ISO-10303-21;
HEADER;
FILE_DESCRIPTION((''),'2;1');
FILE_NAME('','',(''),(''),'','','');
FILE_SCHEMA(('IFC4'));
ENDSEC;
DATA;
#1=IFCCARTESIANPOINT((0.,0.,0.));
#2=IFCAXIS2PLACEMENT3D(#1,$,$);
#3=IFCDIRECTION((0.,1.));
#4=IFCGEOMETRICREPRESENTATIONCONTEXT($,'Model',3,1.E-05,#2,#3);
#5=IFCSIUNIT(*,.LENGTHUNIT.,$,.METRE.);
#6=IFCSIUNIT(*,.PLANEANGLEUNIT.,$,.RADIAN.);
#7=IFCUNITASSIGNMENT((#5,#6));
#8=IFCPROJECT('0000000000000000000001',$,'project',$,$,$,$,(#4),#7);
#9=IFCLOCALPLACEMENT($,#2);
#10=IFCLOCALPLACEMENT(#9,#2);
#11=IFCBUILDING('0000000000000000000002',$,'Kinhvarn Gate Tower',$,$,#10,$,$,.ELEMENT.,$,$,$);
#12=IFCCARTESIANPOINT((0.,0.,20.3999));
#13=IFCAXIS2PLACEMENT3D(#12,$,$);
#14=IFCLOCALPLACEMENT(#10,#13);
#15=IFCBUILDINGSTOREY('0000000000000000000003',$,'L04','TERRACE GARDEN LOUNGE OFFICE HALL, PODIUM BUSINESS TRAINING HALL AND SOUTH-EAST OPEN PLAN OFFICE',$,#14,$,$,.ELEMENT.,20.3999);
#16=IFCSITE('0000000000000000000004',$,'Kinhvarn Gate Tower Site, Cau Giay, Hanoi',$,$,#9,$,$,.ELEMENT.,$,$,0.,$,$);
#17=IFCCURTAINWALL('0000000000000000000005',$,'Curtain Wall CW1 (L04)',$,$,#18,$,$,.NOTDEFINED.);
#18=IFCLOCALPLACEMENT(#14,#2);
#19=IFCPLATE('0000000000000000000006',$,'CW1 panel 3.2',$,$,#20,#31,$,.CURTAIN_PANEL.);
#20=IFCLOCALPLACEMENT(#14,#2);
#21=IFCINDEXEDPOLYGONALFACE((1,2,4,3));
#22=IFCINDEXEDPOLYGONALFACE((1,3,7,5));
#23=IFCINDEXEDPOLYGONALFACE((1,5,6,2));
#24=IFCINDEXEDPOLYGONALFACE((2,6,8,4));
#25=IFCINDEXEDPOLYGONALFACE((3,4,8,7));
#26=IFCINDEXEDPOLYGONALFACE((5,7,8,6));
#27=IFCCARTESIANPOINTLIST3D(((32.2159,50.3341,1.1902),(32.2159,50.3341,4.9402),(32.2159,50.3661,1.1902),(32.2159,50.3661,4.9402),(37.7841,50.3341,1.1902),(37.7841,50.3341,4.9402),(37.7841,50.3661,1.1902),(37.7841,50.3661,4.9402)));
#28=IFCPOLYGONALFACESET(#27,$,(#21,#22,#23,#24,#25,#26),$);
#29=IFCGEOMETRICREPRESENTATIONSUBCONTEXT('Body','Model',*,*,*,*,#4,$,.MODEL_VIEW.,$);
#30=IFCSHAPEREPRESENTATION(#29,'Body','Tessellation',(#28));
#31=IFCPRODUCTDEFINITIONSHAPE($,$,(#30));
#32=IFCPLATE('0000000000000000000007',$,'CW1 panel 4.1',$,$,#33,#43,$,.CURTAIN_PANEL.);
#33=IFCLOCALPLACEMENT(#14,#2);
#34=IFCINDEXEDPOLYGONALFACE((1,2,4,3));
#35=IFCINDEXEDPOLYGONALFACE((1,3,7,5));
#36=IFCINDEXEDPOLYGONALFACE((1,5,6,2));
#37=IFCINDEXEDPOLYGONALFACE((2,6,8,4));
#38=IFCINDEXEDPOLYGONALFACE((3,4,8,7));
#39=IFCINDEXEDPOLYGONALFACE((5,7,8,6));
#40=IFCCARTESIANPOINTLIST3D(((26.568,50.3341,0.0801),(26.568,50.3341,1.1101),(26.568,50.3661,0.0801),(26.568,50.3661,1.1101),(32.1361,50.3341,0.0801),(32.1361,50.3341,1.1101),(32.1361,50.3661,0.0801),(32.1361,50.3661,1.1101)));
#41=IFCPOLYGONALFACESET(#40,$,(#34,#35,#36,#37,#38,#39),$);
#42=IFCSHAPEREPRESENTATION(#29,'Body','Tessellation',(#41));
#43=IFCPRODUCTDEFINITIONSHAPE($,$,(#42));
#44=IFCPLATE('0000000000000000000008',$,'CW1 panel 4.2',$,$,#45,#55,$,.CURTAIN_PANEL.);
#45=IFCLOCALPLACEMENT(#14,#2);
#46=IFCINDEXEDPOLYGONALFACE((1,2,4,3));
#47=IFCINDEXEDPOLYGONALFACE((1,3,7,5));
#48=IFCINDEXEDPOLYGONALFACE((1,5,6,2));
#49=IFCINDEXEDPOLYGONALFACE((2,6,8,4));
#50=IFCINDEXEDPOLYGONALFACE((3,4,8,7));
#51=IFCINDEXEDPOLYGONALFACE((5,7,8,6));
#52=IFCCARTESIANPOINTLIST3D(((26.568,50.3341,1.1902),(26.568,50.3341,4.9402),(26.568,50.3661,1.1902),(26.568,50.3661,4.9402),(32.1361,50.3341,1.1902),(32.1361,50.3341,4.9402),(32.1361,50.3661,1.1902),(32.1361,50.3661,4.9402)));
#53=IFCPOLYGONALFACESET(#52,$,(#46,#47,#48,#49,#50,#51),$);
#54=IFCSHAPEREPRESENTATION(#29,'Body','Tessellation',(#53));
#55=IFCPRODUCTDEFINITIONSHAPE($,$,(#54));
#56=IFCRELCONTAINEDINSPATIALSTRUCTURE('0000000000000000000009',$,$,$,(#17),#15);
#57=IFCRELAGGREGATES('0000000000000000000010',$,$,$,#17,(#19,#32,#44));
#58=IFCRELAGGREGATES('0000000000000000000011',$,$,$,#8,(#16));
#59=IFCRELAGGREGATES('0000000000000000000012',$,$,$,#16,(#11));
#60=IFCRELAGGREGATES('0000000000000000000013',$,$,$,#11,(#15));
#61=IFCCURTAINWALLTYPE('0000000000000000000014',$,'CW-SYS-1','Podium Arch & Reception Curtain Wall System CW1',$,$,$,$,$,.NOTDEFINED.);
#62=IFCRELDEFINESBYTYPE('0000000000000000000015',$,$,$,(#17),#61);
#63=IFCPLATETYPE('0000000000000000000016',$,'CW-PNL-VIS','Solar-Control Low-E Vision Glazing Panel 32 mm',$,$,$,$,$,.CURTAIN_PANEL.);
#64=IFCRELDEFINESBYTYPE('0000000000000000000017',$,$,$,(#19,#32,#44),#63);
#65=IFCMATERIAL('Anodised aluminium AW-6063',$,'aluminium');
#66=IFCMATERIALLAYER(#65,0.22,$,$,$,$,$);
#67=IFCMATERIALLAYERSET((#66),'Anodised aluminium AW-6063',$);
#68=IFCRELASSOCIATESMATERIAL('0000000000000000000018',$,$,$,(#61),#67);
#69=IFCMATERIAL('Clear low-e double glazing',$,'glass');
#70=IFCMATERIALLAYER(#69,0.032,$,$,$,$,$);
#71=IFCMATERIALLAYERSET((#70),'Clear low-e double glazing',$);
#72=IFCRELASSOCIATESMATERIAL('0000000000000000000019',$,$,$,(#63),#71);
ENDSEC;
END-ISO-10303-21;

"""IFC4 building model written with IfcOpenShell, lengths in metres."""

from ifc_helpers import new_model, si_unit, direction, frame, origin, origin_2d, place, context, subcontext, project, spatial, rectangle, extrude, material, layer, layer_set, type_object, element, aggregate, save


model = new_model("IFC4")

# Units and contexts
model_context = context("Model", 3, precision=1e-05, world=origin(), true_north=direction((0.0, 1.0)))
body_context = subcontext(model_context, "Body", "Model", "MODEL_VIEW")
ifc_project = project(units=[si_unit("LENGTHUNIT", "METRE"), si_unit("PLANEANGLEUNIT", "RADIAN")], contexts=[model_context])

# Site, building, storey
site_placement = place(None, origin())
site = spatial("IfcSite", under=ifc_project, at=site_placement, Name="Kinhvarn Gate Tower Site, Cau Giay, Hanoi", CompositionType="ELEMENT", RefElevation=0.0)
building_placement = place(site_placement, origin())
building = spatial("IfcBuilding", under=site, at=building_placement, Name="Kinhvarn Gate Tower", CompositionType="ELEMENT")
storey_placement = place(building_placement, frame((0.0, 0.0, 20.3999)))
storey = spatial("IfcBuildingStorey", under=building, at=storey_placement, Name="L04", Description="TERRACE GARDEN LOUNGE OFFICE HALL, PODIUM BUSINESS TRAINING HALL AND SOUTH-EAST OPEN PLAN OFFICE", CompositionType="ELEMENT", Elevation=20.3999)

# Curtain wall
ifc_material_1 = material(Name="Anodised aluminium AW-6063", Category="aluminium")
ifc_layer_1 = layer(ifc_material_1, 0.22)
ifc_layer_set_1 = layer_set([ifc_layer_1], Name="Anodised aluminium AW-6063")
curtain_wall_type = type_object("IfcCurtainWallType", Name="CW-SYS-1", Description="Podium Arch & Reception Curtain Wall System CW1", PredefinedType="NOTDEFINED", material=ifc_layer_set_1)
curtain_wall_placement = place(storey_placement, origin())
curtain_wall = element("IfcCurtainWall", 1, at=curtain_wall_placement, inside=storey, type_object=curtain_wall_type, Name="Curtain Wall CW1 (L04)", PredefinedType="NOTDEFINED")

# Plates
ifc_material_2 = material(Name="Clear low-e double glazing", Category="glass")
ifc_layer_2 = layer(ifc_material_2, 0.032)
ifc_layer_set_2 = layer_set([ifc_layer_2], Name="Clear low-e double glazing")
plate_type = type_object("IfcPlateType", Name="CW-PNL-VIS", Description="Solar-Control Low-E Vision Glazing Panel 32 mm", PredefinedType="CURTAIN_PANEL", material=ifc_layer_set_2)
plate_1_placement = place(storey_placement, frame((35.0, 50.3501, 1.1902), z_axis=(0.0, 0.0, 1.0), x_axis=(-1.0, 0.0, 0.0)))
plate_1 = element("IfcPlate", 2, at=plate_1_placement, type_object=plate_type, Name="CW1 panel 3.2", PredefinedType="CURTAIN_PANEL", context=body_context, shape_type="SweptSolid", body=[
    extrude(rectangle(XDim=5.5681, YDim=0.032, at=origin_2d()), origin(), (0.0, 0.0, 1.0), 3.75),
])
plate_2_placement = place(storey_placement, frame((29.3521, 50.3501, 0.0801), z_axis=(0.0, 0.0, 1.0), x_axis=(-1.0, 0.0, 0.0)))
plate_2 = element("IfcPlate", 3, at=plate_2_placement, type_object=plate_type, Name="CW1 panel 4.1", PredefinedType="CURTAIN_PANEL", context=body_context, shape_type="SweptSolid", body=[
    extrude(rectangle(XDim=5.5681, YDim=0.032, at=origin_2d()), origin(), (0.0, 0.0, 1.0), 1.03),
])
plate_3_placement = place(storey_placement, frame((29.3521, 50.3501, 1.1902), z_axis=(0.0, 0.0, 1.0), x_axis=(-1.0, 0.0, 0.0)))
plate_3 = element("IfcPlate", 4, at=plate_3_placement, type_object=plate_type, Name="CW1 panel 4.2", PredefinedType="CURTAIN_PANEL", context=body_context, shape_type="SweptSolid", body=[
    extrude(rectangle(XDim=5.5681, YDim=0.032, at=origin_2d()), origin(), (0.0, 0.0, 1.0), 3.75),
])
aggregate(curtain_wall, [plate_1, plate_2, plate_3])

save(model, "model.ifc")
